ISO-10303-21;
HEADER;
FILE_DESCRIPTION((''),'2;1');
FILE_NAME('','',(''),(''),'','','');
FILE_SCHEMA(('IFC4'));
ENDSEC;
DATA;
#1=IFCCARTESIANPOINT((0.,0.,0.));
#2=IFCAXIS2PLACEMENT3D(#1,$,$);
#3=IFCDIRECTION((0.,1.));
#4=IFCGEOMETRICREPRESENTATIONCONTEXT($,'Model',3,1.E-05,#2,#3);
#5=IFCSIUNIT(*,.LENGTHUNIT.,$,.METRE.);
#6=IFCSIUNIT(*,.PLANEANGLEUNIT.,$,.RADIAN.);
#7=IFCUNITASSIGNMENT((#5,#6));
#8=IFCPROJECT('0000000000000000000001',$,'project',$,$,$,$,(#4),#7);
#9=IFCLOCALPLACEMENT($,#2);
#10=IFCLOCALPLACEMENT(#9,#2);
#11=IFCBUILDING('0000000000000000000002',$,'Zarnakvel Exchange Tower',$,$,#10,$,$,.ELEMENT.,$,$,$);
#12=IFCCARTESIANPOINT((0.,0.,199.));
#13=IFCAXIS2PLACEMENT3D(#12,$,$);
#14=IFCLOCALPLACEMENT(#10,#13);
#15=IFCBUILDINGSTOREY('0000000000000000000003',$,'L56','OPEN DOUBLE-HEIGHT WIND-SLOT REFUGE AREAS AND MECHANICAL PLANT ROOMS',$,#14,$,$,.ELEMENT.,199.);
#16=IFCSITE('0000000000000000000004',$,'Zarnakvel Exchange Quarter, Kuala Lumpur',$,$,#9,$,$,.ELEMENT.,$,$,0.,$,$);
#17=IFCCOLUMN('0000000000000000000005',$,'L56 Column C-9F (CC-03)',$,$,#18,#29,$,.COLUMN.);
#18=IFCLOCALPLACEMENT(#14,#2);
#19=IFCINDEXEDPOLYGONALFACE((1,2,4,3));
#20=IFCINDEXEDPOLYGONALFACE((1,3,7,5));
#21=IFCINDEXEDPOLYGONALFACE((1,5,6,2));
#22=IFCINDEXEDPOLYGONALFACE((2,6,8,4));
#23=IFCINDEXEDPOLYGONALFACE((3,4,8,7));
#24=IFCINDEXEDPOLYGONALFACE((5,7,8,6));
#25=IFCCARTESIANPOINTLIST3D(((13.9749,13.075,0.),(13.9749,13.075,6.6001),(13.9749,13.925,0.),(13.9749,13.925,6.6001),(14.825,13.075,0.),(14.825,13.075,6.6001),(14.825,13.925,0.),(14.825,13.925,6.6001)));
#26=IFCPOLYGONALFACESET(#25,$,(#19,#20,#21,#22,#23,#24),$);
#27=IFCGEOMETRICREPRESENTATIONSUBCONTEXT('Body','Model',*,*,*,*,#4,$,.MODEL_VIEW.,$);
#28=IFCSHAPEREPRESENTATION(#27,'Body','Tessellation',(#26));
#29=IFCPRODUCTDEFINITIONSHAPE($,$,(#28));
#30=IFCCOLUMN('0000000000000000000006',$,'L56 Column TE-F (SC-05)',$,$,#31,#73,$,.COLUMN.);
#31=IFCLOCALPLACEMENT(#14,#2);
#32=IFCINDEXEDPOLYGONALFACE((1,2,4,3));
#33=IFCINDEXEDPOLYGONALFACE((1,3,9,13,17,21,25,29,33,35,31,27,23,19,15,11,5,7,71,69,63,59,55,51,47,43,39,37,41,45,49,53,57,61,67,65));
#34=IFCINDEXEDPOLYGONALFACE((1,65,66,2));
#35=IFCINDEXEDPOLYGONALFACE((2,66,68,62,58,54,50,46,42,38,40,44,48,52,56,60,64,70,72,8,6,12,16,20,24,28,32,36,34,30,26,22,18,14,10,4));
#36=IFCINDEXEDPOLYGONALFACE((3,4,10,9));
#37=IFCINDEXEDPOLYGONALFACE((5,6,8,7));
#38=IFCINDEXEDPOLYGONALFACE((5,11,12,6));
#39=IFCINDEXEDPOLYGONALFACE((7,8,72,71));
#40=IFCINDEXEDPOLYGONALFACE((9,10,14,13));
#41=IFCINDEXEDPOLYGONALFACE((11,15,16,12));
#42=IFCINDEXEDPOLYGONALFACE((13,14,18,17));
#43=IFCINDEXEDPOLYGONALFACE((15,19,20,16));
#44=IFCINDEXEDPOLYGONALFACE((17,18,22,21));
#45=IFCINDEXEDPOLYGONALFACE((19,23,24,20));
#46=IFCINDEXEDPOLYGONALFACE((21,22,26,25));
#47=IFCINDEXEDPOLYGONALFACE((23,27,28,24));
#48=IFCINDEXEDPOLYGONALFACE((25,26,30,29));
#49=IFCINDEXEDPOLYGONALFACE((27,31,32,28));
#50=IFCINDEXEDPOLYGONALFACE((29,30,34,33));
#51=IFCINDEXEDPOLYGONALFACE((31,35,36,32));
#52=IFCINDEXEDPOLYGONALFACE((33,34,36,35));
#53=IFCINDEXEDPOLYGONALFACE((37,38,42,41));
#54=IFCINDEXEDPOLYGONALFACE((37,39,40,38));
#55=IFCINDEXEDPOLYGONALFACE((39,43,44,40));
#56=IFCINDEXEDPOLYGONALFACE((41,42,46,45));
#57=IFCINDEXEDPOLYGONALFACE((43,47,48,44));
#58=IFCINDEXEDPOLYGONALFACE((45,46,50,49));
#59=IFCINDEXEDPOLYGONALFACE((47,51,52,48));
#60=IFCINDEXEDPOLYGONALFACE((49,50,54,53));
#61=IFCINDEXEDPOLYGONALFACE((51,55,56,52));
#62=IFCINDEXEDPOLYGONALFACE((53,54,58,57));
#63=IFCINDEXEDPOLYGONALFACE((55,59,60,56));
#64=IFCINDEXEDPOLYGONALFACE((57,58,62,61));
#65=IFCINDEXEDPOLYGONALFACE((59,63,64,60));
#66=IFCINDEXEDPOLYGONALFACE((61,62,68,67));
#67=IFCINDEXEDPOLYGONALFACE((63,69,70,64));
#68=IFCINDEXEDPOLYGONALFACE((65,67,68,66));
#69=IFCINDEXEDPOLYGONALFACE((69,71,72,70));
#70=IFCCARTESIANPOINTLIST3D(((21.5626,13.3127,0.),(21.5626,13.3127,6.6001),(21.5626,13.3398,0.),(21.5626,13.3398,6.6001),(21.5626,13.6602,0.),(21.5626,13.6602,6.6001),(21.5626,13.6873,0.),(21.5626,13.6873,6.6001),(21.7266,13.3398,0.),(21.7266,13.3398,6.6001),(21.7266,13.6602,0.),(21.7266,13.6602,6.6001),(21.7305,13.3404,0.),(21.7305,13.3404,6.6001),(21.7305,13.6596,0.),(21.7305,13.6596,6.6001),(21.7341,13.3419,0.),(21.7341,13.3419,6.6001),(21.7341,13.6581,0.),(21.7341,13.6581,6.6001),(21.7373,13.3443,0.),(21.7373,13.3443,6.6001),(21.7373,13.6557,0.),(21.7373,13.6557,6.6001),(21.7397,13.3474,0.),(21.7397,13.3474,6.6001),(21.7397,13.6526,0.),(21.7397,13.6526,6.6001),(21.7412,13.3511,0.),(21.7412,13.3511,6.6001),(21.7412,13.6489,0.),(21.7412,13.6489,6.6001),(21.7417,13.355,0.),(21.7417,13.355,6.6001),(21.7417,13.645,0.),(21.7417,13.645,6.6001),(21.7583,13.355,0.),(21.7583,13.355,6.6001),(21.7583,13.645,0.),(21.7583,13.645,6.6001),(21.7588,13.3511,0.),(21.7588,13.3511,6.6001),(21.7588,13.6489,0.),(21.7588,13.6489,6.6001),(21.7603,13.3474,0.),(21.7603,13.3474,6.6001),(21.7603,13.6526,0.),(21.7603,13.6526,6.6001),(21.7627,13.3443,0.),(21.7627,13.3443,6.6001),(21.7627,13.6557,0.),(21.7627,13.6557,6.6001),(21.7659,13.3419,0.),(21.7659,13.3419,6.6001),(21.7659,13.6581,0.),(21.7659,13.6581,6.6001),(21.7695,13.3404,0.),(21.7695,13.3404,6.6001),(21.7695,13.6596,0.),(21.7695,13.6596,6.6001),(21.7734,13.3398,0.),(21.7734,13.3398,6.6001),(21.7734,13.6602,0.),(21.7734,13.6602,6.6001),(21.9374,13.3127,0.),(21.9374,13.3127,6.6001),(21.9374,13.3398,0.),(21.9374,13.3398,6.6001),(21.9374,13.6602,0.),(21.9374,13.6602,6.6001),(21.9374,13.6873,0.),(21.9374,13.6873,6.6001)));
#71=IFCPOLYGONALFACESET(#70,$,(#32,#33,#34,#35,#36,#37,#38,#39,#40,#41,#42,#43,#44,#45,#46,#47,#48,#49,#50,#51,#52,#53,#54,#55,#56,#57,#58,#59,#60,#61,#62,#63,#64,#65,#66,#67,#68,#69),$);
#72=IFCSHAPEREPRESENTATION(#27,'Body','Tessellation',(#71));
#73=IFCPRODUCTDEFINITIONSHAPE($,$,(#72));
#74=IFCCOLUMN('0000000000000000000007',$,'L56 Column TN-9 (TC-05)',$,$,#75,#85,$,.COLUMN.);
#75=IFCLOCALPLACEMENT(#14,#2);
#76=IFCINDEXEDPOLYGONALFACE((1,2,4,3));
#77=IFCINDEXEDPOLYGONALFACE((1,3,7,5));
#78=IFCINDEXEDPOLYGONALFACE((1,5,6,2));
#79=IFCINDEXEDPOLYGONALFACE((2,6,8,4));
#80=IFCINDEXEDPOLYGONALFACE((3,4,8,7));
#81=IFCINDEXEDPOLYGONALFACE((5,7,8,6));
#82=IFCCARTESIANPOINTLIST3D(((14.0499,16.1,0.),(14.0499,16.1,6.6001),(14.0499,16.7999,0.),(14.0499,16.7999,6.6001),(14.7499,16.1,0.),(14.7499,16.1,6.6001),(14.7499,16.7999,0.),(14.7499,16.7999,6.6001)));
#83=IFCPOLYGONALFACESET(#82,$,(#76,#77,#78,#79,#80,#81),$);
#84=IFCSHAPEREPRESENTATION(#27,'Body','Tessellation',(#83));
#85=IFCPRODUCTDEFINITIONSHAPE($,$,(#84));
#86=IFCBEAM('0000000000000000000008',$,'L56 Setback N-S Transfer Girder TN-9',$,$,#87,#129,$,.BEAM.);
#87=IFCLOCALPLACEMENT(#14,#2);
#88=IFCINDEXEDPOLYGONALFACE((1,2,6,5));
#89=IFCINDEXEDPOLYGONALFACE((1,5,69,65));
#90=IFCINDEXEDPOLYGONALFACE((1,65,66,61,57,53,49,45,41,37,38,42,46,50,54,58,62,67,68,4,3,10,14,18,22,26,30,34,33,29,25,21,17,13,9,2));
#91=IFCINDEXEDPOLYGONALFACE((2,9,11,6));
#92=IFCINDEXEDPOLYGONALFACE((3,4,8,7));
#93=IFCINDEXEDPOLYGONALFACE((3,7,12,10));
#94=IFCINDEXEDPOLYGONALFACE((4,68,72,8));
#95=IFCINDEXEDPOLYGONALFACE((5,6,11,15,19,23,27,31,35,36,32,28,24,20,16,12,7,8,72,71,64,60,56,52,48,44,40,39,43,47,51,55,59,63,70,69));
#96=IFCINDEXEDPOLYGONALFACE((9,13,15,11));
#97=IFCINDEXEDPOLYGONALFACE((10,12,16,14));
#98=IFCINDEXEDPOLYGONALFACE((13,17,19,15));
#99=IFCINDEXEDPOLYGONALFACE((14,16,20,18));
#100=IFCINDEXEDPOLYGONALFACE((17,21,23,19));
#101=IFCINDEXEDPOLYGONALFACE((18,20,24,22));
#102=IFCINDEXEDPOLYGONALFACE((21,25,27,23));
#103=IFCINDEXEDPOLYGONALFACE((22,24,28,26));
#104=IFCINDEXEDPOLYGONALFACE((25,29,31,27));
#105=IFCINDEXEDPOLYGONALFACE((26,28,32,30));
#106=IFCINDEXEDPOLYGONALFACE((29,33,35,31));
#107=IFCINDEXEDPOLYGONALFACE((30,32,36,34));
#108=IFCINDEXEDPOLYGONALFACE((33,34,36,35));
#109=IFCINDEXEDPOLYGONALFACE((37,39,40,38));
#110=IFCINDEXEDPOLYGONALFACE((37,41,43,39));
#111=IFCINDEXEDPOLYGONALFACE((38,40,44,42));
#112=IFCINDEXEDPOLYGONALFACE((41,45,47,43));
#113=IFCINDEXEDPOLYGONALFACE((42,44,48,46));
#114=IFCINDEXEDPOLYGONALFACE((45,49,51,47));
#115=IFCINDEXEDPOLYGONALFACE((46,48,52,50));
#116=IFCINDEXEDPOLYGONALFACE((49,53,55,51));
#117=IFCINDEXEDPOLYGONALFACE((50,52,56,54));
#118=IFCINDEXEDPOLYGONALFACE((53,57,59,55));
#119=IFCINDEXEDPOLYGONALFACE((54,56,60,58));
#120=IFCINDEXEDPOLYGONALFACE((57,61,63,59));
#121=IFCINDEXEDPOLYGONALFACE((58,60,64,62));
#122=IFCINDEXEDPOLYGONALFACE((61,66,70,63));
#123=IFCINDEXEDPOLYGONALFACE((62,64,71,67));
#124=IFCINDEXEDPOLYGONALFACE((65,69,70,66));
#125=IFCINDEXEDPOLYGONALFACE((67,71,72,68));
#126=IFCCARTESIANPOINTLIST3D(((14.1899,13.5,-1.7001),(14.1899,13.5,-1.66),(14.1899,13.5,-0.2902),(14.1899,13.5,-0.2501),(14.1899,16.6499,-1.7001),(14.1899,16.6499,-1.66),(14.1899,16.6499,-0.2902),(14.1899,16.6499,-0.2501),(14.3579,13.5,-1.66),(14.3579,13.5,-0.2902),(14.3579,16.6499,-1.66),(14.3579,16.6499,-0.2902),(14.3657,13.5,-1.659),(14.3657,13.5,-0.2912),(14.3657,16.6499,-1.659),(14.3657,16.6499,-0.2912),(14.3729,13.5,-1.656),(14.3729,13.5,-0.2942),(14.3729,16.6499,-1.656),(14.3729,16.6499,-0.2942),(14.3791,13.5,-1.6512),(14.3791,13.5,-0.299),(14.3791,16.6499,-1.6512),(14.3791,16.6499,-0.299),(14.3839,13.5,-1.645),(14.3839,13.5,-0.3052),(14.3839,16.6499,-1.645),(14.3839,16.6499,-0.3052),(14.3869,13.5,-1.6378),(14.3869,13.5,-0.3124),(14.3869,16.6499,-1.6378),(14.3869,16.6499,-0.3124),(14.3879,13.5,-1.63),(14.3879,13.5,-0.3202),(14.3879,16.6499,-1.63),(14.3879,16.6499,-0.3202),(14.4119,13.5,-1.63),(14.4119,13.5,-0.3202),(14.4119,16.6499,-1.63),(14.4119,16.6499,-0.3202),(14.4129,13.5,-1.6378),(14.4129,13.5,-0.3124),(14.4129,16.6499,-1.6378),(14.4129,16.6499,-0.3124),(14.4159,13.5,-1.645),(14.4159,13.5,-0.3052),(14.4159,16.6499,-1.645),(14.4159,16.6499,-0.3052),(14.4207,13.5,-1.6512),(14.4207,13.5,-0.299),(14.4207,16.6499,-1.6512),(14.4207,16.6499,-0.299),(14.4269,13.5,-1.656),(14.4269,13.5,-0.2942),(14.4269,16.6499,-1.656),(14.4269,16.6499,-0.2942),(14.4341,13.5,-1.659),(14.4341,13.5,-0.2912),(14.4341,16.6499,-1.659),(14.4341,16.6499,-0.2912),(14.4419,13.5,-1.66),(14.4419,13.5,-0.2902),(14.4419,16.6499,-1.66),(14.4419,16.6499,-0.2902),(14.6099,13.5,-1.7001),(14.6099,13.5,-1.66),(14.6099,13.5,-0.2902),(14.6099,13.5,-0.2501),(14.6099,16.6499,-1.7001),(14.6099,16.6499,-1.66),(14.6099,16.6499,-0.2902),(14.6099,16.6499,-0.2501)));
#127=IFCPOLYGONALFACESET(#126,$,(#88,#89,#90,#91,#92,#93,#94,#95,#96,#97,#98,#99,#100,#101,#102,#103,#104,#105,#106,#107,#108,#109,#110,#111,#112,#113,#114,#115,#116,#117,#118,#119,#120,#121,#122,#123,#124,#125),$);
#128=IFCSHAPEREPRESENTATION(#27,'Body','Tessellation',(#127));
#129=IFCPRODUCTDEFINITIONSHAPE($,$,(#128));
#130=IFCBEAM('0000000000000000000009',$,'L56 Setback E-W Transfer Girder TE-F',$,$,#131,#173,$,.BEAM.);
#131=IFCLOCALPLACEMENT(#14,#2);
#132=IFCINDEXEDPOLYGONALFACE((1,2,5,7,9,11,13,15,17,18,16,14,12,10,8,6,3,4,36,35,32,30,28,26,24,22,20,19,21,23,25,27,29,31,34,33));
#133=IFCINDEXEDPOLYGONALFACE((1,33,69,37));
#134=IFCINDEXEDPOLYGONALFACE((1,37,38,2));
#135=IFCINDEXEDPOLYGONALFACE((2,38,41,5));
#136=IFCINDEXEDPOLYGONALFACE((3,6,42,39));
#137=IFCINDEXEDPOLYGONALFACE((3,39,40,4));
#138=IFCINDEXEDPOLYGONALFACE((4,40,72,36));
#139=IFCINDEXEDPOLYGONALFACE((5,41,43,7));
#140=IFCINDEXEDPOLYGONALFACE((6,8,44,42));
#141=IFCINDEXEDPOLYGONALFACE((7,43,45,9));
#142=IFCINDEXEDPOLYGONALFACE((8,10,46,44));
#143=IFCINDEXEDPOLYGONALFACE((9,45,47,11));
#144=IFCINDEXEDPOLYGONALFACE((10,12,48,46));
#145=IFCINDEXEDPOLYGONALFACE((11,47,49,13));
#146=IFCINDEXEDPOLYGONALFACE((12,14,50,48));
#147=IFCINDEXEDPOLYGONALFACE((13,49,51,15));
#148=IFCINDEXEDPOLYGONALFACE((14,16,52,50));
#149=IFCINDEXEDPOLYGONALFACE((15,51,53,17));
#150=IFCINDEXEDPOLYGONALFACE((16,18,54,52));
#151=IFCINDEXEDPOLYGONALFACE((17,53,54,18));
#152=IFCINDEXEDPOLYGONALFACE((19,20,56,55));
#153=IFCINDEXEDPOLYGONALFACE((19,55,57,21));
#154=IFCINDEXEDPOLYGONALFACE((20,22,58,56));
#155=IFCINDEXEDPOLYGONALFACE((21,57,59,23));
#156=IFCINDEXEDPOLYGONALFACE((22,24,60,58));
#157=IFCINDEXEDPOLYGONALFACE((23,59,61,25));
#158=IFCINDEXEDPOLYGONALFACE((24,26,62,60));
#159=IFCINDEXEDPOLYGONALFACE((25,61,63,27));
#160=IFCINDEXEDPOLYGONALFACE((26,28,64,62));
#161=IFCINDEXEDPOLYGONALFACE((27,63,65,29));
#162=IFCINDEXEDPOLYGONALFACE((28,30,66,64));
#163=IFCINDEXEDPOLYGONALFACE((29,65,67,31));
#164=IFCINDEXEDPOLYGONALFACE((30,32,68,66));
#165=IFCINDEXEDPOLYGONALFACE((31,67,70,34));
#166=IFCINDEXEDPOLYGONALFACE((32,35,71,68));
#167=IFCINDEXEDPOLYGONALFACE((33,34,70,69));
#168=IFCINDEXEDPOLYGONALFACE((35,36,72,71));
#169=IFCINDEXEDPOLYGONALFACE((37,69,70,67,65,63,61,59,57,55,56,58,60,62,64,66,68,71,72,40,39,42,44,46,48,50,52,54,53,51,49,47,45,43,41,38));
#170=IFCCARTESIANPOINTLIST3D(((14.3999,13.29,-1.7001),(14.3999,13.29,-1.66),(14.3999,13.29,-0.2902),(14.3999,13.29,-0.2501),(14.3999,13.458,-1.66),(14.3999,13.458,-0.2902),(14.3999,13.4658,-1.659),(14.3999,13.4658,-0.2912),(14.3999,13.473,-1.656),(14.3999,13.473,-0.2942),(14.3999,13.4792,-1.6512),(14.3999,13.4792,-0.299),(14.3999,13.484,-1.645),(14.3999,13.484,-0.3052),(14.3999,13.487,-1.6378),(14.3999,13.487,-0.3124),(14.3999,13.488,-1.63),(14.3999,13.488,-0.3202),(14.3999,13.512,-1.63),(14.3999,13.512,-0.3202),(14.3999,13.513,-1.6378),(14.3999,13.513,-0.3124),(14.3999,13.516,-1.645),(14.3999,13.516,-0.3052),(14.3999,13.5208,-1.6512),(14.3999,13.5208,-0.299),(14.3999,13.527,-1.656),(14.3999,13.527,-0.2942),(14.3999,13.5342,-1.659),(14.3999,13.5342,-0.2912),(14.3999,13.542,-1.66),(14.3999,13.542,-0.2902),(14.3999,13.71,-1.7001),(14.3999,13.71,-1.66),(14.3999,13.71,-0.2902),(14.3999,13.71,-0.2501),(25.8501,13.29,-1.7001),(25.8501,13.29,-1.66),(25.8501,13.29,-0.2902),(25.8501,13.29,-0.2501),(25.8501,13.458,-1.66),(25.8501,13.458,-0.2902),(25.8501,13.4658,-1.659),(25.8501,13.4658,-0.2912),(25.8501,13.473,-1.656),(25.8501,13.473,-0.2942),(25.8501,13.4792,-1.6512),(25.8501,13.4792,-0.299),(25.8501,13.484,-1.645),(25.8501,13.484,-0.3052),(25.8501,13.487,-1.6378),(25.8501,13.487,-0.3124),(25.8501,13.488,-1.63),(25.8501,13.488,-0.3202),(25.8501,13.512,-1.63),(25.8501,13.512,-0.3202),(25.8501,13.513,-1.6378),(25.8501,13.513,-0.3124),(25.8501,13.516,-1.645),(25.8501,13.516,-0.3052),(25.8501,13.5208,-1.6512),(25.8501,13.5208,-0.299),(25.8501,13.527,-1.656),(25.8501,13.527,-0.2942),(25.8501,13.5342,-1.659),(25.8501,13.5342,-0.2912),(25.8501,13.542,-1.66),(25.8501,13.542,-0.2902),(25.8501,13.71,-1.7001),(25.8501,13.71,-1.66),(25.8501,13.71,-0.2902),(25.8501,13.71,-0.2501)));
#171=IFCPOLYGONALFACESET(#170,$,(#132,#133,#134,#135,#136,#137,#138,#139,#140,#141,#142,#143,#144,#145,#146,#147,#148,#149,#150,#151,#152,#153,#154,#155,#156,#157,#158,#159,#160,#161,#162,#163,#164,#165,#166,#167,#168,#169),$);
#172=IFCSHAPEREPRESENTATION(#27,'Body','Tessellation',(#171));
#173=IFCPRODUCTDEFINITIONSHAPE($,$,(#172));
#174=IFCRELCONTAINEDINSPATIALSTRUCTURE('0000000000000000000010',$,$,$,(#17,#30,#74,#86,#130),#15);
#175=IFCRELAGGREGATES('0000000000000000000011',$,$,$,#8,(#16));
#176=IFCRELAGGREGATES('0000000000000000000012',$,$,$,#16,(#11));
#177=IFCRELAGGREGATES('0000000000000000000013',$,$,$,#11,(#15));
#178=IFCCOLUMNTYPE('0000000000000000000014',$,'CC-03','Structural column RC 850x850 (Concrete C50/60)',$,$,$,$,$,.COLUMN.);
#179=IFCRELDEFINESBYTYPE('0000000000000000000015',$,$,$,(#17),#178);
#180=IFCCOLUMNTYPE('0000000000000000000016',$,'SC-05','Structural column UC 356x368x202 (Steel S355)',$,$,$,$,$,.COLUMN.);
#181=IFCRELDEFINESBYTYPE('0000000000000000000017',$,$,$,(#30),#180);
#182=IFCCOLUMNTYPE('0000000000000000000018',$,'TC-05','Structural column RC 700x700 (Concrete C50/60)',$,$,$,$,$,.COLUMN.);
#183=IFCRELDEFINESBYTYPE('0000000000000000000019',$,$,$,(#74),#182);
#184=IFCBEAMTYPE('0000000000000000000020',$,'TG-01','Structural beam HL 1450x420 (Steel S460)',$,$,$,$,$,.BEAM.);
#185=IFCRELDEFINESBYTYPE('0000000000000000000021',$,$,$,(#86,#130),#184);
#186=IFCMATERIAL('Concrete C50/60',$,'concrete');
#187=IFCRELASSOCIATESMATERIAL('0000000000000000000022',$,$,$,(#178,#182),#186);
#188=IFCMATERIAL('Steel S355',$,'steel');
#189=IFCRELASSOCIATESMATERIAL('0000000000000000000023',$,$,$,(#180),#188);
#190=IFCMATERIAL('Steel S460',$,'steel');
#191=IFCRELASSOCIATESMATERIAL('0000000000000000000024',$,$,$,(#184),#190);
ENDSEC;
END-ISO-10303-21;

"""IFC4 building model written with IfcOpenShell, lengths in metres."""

from ifc_helpers import new_model, si_unit, direction, frame, origin, origin_2d, place, context, subcontext, project, spatial, rectangle, i_section, extrude, material, material_profile, profile_set, type_object, element, save


model = new_model("IFC4")

# Units and contexts
model_context = context("Model", 3, precision=1e-05, world=origin(), true_north=direction((0.0, 1.0)))
body_context = subcontext(model_context, "Body", "Model", "MODEL_VIEW")
ifc_project = project(units=[si_unit("LENGTHUNIT", "METRE"), si_unit("PLANEANGLEUNIT", "RADIAN")], contexts=[model_context])

# Site, building, storey
site_placement = place(None, origin())
site = spatial("IfcSite", under=ifc_project, at=site_placement, Name="Zarnakvel Exchange Quarter, Kuala Lumpur", CompositionType="ELEMENT", RefElevation=0.0)
building_placement = place(site_placement, origin())
building = spatial("IfcBuilding", under=site, at=building_placement, Name="Zarnakvel Exchange Tower", CompositionType="ELEMENT")
storey_placement = place(building_placement, frame((0.0, 0.0, 199.0)))
storey = spatial("IfcBuildingStorey", under=building, at=storey_placement, Name="L56", Description="OPEN DOUBLE-HEIGHT WIND-SLOT REFUGE AREAS AND MECHANICAL PLANT ROOMS", CompositionType="ELEMENT", Elevation=199.0)

# Columns
ifc_material_1 = material(Name="Concrete C50/60", Category="concrete")
ifc_material_profile_1 = material_profile(ifc_material_1, rectangle(XDim=0.8501, YDim=0.8501, at=origin_2d()))
ifc_profile_set_1 = profile_set([ifc_material_profile_1], Name="Concrete C50/60")
column_type_1 = type_object("IfcColumnType", Name="CC-03", Description="Structural column RC 850x850 (Concrete C50/60)", PredefinedType="COLUMN", material=ifc_profile_set_1)
column_1_placement = place(storey_placement, frame((14.3999, 13.5, 0.0), z_axis=(0.0, 0.0, 1.0), x_axis=(1.0, 0.0, 0.0)))
element("IfcColumn", 1, at=column_1_placement, inside=storey, type_object=column_type_1, Name="L56 Column C-9F (CC-03)", PredefinedType="COLUMN", context=body_context, shape_type="SweptSolid", body=[
    extrude(rectangle(XDim=0.8501, YDim=0.8501, at=origin_2d()), origin(), (0.0, 0.0, 1.0), 6.6001),
])
ifc_material_2 = material(Name="Steel S355", Category="steel")
ifc_material_profile_2 = material_profile(ifc_material_2, i_section(OverallWidth=0.3748, OverallDepth=0.3745, WebThickness=0.0166, FlangeThickness=0.0271, FilletRadius=0.0151, at=origin_2d()))
ifc_profile_set_2 = profile_set([ifc_material_profile_2], Name="Steel S355")
column_type_2 = type_object("IfcColumnType", Name="SC-05", Description="Structural column UC 356x368x202 (Steel S355)", PredefinedType="COLUMN", material=ifc_profile_set_2)
column_2_placement = place(storey_placement, frame((21.75, 13.5, 0.0), z_axis=(0.0, 0.0, 1.0), x_axis=(1.0, 0.0, 0.0)))
element("IfcColumn", 2, at=column_2_placement, inside=storey, type_object=column_type_2, Name="L56 Column TE-F (SC-05)", PredefinedType="COLUMN", context=body_context, shape_type="SweptSolid", body=[
    extrude(i_section(OverallWidth=0.3748, OverallDepth=0.3745, WebThickness=0.0166, FlangeThickness=0.0271, FilletRadius=0.0151, at=origin_2d()), origin(), (0.0, 0.0, 1.0), 6.6001),
])
ifc_material_profile_3 = material_profile(ifc_material_1, rectangle(XDim=0.7, YDim=0.7, at=origin_2d()))
ifc_profile_set_3 = profile_set([ifc_material_profile_3], Name="Concrete C50/60")
column_type_3 = type_object("IfcColumnType", Name="TC-05", Description="Structural column RC 700x700 (Concrete C50/60)", PredefinedType="COLUMN", material=ifc_profile_set_3)
column_3_placement = place(storey_placement, frame((14.3999, 16.45, 0.0), z_axis=(0.0, 0.0, 1.0), x_axis=(1.0, 0.0, 0.0)))
element("IfcColumn", 3, at=column_3_placement, inside=storey, type_object=column_type_3, Name="L56 Column TN-9 (TC-05)", PredefinedType="COLUMN", context=body_context, shape_type="SweptSolid", body=[
    extrude(rectangle(XDim=0.7, YDim=0.7, at=origin_2d()), origin(), (0.0, 0.0, 1.0), 6.6001),
])

# Beams
ifc_material_3 = material(Name="Steel S460", Category="steel")
ifc_material_profile_4 = material_profile(ifc_material_3, i_section(OverallWidth=0.4199, OverallDepth=1.45, WebThickness=0.0239, FlangeThickness=0.04, FilletRadius=0.03, at=origin_2d()))
ifc_profile_set_4 = profile_set([ifc_material_profile_4], Name="Steel S460")
beam_type = type_object("IfcBeamType", Name="TG-01", Description="Structural beam HL 1450x420 (Steel S460)", PredefinedType="BEAM", material=ifc_profile_set_4)
beam_1_placement = place(storey_placement, frame((14.3999, 13.5, -0.9751), z_axis=(0.0, 1.0, 0.0), x_axis=(-1.0, 0.0, 0.0)))
element("IfcBeam", 4, at=beam_1_placement, inside=storey, type_object=beam_type, Name="L56 Setback N-S Transfer Girder TN-9", PredefinedType="BEAM", context=body_context, shape_type="SweptSolid", body=[
    extrude(i_section(OverallWidth=0.4199, OverallDepth=1.45, WebThickness=0.0239, FlangeThickness=0.04, FilletRadius=0.03, at=origin_2d()), origin(), (0.0, 0.0, 1.0), 3.1499),
])
beam_2_placement = place(storey_placement, frame((14.3999, 13.5, -0.9751), z_axis=(1.0, 0.0, 0.0), x_axis=(0.0, 1.0, 0.0)))
element("IfcBeam", 5, at=beam_2_placement, inside=storey, type_object=beam_type, Name="L56 Setback E-W Transfer Girder TE-F", PredefinedType="BEAM", context=body_context, shape_type="SweptSolid", body=[
    extrude(i_section(OverallWidth=0.4199, OverallDepth=1.45, WebThickness=0.0239, FlangeThickness=0.04, FilletRadius=0.03, at=origin_2d()), origin(), (0.0, 0.0, 1.0), 11.4502),
])

save(model, "model.ifc")
